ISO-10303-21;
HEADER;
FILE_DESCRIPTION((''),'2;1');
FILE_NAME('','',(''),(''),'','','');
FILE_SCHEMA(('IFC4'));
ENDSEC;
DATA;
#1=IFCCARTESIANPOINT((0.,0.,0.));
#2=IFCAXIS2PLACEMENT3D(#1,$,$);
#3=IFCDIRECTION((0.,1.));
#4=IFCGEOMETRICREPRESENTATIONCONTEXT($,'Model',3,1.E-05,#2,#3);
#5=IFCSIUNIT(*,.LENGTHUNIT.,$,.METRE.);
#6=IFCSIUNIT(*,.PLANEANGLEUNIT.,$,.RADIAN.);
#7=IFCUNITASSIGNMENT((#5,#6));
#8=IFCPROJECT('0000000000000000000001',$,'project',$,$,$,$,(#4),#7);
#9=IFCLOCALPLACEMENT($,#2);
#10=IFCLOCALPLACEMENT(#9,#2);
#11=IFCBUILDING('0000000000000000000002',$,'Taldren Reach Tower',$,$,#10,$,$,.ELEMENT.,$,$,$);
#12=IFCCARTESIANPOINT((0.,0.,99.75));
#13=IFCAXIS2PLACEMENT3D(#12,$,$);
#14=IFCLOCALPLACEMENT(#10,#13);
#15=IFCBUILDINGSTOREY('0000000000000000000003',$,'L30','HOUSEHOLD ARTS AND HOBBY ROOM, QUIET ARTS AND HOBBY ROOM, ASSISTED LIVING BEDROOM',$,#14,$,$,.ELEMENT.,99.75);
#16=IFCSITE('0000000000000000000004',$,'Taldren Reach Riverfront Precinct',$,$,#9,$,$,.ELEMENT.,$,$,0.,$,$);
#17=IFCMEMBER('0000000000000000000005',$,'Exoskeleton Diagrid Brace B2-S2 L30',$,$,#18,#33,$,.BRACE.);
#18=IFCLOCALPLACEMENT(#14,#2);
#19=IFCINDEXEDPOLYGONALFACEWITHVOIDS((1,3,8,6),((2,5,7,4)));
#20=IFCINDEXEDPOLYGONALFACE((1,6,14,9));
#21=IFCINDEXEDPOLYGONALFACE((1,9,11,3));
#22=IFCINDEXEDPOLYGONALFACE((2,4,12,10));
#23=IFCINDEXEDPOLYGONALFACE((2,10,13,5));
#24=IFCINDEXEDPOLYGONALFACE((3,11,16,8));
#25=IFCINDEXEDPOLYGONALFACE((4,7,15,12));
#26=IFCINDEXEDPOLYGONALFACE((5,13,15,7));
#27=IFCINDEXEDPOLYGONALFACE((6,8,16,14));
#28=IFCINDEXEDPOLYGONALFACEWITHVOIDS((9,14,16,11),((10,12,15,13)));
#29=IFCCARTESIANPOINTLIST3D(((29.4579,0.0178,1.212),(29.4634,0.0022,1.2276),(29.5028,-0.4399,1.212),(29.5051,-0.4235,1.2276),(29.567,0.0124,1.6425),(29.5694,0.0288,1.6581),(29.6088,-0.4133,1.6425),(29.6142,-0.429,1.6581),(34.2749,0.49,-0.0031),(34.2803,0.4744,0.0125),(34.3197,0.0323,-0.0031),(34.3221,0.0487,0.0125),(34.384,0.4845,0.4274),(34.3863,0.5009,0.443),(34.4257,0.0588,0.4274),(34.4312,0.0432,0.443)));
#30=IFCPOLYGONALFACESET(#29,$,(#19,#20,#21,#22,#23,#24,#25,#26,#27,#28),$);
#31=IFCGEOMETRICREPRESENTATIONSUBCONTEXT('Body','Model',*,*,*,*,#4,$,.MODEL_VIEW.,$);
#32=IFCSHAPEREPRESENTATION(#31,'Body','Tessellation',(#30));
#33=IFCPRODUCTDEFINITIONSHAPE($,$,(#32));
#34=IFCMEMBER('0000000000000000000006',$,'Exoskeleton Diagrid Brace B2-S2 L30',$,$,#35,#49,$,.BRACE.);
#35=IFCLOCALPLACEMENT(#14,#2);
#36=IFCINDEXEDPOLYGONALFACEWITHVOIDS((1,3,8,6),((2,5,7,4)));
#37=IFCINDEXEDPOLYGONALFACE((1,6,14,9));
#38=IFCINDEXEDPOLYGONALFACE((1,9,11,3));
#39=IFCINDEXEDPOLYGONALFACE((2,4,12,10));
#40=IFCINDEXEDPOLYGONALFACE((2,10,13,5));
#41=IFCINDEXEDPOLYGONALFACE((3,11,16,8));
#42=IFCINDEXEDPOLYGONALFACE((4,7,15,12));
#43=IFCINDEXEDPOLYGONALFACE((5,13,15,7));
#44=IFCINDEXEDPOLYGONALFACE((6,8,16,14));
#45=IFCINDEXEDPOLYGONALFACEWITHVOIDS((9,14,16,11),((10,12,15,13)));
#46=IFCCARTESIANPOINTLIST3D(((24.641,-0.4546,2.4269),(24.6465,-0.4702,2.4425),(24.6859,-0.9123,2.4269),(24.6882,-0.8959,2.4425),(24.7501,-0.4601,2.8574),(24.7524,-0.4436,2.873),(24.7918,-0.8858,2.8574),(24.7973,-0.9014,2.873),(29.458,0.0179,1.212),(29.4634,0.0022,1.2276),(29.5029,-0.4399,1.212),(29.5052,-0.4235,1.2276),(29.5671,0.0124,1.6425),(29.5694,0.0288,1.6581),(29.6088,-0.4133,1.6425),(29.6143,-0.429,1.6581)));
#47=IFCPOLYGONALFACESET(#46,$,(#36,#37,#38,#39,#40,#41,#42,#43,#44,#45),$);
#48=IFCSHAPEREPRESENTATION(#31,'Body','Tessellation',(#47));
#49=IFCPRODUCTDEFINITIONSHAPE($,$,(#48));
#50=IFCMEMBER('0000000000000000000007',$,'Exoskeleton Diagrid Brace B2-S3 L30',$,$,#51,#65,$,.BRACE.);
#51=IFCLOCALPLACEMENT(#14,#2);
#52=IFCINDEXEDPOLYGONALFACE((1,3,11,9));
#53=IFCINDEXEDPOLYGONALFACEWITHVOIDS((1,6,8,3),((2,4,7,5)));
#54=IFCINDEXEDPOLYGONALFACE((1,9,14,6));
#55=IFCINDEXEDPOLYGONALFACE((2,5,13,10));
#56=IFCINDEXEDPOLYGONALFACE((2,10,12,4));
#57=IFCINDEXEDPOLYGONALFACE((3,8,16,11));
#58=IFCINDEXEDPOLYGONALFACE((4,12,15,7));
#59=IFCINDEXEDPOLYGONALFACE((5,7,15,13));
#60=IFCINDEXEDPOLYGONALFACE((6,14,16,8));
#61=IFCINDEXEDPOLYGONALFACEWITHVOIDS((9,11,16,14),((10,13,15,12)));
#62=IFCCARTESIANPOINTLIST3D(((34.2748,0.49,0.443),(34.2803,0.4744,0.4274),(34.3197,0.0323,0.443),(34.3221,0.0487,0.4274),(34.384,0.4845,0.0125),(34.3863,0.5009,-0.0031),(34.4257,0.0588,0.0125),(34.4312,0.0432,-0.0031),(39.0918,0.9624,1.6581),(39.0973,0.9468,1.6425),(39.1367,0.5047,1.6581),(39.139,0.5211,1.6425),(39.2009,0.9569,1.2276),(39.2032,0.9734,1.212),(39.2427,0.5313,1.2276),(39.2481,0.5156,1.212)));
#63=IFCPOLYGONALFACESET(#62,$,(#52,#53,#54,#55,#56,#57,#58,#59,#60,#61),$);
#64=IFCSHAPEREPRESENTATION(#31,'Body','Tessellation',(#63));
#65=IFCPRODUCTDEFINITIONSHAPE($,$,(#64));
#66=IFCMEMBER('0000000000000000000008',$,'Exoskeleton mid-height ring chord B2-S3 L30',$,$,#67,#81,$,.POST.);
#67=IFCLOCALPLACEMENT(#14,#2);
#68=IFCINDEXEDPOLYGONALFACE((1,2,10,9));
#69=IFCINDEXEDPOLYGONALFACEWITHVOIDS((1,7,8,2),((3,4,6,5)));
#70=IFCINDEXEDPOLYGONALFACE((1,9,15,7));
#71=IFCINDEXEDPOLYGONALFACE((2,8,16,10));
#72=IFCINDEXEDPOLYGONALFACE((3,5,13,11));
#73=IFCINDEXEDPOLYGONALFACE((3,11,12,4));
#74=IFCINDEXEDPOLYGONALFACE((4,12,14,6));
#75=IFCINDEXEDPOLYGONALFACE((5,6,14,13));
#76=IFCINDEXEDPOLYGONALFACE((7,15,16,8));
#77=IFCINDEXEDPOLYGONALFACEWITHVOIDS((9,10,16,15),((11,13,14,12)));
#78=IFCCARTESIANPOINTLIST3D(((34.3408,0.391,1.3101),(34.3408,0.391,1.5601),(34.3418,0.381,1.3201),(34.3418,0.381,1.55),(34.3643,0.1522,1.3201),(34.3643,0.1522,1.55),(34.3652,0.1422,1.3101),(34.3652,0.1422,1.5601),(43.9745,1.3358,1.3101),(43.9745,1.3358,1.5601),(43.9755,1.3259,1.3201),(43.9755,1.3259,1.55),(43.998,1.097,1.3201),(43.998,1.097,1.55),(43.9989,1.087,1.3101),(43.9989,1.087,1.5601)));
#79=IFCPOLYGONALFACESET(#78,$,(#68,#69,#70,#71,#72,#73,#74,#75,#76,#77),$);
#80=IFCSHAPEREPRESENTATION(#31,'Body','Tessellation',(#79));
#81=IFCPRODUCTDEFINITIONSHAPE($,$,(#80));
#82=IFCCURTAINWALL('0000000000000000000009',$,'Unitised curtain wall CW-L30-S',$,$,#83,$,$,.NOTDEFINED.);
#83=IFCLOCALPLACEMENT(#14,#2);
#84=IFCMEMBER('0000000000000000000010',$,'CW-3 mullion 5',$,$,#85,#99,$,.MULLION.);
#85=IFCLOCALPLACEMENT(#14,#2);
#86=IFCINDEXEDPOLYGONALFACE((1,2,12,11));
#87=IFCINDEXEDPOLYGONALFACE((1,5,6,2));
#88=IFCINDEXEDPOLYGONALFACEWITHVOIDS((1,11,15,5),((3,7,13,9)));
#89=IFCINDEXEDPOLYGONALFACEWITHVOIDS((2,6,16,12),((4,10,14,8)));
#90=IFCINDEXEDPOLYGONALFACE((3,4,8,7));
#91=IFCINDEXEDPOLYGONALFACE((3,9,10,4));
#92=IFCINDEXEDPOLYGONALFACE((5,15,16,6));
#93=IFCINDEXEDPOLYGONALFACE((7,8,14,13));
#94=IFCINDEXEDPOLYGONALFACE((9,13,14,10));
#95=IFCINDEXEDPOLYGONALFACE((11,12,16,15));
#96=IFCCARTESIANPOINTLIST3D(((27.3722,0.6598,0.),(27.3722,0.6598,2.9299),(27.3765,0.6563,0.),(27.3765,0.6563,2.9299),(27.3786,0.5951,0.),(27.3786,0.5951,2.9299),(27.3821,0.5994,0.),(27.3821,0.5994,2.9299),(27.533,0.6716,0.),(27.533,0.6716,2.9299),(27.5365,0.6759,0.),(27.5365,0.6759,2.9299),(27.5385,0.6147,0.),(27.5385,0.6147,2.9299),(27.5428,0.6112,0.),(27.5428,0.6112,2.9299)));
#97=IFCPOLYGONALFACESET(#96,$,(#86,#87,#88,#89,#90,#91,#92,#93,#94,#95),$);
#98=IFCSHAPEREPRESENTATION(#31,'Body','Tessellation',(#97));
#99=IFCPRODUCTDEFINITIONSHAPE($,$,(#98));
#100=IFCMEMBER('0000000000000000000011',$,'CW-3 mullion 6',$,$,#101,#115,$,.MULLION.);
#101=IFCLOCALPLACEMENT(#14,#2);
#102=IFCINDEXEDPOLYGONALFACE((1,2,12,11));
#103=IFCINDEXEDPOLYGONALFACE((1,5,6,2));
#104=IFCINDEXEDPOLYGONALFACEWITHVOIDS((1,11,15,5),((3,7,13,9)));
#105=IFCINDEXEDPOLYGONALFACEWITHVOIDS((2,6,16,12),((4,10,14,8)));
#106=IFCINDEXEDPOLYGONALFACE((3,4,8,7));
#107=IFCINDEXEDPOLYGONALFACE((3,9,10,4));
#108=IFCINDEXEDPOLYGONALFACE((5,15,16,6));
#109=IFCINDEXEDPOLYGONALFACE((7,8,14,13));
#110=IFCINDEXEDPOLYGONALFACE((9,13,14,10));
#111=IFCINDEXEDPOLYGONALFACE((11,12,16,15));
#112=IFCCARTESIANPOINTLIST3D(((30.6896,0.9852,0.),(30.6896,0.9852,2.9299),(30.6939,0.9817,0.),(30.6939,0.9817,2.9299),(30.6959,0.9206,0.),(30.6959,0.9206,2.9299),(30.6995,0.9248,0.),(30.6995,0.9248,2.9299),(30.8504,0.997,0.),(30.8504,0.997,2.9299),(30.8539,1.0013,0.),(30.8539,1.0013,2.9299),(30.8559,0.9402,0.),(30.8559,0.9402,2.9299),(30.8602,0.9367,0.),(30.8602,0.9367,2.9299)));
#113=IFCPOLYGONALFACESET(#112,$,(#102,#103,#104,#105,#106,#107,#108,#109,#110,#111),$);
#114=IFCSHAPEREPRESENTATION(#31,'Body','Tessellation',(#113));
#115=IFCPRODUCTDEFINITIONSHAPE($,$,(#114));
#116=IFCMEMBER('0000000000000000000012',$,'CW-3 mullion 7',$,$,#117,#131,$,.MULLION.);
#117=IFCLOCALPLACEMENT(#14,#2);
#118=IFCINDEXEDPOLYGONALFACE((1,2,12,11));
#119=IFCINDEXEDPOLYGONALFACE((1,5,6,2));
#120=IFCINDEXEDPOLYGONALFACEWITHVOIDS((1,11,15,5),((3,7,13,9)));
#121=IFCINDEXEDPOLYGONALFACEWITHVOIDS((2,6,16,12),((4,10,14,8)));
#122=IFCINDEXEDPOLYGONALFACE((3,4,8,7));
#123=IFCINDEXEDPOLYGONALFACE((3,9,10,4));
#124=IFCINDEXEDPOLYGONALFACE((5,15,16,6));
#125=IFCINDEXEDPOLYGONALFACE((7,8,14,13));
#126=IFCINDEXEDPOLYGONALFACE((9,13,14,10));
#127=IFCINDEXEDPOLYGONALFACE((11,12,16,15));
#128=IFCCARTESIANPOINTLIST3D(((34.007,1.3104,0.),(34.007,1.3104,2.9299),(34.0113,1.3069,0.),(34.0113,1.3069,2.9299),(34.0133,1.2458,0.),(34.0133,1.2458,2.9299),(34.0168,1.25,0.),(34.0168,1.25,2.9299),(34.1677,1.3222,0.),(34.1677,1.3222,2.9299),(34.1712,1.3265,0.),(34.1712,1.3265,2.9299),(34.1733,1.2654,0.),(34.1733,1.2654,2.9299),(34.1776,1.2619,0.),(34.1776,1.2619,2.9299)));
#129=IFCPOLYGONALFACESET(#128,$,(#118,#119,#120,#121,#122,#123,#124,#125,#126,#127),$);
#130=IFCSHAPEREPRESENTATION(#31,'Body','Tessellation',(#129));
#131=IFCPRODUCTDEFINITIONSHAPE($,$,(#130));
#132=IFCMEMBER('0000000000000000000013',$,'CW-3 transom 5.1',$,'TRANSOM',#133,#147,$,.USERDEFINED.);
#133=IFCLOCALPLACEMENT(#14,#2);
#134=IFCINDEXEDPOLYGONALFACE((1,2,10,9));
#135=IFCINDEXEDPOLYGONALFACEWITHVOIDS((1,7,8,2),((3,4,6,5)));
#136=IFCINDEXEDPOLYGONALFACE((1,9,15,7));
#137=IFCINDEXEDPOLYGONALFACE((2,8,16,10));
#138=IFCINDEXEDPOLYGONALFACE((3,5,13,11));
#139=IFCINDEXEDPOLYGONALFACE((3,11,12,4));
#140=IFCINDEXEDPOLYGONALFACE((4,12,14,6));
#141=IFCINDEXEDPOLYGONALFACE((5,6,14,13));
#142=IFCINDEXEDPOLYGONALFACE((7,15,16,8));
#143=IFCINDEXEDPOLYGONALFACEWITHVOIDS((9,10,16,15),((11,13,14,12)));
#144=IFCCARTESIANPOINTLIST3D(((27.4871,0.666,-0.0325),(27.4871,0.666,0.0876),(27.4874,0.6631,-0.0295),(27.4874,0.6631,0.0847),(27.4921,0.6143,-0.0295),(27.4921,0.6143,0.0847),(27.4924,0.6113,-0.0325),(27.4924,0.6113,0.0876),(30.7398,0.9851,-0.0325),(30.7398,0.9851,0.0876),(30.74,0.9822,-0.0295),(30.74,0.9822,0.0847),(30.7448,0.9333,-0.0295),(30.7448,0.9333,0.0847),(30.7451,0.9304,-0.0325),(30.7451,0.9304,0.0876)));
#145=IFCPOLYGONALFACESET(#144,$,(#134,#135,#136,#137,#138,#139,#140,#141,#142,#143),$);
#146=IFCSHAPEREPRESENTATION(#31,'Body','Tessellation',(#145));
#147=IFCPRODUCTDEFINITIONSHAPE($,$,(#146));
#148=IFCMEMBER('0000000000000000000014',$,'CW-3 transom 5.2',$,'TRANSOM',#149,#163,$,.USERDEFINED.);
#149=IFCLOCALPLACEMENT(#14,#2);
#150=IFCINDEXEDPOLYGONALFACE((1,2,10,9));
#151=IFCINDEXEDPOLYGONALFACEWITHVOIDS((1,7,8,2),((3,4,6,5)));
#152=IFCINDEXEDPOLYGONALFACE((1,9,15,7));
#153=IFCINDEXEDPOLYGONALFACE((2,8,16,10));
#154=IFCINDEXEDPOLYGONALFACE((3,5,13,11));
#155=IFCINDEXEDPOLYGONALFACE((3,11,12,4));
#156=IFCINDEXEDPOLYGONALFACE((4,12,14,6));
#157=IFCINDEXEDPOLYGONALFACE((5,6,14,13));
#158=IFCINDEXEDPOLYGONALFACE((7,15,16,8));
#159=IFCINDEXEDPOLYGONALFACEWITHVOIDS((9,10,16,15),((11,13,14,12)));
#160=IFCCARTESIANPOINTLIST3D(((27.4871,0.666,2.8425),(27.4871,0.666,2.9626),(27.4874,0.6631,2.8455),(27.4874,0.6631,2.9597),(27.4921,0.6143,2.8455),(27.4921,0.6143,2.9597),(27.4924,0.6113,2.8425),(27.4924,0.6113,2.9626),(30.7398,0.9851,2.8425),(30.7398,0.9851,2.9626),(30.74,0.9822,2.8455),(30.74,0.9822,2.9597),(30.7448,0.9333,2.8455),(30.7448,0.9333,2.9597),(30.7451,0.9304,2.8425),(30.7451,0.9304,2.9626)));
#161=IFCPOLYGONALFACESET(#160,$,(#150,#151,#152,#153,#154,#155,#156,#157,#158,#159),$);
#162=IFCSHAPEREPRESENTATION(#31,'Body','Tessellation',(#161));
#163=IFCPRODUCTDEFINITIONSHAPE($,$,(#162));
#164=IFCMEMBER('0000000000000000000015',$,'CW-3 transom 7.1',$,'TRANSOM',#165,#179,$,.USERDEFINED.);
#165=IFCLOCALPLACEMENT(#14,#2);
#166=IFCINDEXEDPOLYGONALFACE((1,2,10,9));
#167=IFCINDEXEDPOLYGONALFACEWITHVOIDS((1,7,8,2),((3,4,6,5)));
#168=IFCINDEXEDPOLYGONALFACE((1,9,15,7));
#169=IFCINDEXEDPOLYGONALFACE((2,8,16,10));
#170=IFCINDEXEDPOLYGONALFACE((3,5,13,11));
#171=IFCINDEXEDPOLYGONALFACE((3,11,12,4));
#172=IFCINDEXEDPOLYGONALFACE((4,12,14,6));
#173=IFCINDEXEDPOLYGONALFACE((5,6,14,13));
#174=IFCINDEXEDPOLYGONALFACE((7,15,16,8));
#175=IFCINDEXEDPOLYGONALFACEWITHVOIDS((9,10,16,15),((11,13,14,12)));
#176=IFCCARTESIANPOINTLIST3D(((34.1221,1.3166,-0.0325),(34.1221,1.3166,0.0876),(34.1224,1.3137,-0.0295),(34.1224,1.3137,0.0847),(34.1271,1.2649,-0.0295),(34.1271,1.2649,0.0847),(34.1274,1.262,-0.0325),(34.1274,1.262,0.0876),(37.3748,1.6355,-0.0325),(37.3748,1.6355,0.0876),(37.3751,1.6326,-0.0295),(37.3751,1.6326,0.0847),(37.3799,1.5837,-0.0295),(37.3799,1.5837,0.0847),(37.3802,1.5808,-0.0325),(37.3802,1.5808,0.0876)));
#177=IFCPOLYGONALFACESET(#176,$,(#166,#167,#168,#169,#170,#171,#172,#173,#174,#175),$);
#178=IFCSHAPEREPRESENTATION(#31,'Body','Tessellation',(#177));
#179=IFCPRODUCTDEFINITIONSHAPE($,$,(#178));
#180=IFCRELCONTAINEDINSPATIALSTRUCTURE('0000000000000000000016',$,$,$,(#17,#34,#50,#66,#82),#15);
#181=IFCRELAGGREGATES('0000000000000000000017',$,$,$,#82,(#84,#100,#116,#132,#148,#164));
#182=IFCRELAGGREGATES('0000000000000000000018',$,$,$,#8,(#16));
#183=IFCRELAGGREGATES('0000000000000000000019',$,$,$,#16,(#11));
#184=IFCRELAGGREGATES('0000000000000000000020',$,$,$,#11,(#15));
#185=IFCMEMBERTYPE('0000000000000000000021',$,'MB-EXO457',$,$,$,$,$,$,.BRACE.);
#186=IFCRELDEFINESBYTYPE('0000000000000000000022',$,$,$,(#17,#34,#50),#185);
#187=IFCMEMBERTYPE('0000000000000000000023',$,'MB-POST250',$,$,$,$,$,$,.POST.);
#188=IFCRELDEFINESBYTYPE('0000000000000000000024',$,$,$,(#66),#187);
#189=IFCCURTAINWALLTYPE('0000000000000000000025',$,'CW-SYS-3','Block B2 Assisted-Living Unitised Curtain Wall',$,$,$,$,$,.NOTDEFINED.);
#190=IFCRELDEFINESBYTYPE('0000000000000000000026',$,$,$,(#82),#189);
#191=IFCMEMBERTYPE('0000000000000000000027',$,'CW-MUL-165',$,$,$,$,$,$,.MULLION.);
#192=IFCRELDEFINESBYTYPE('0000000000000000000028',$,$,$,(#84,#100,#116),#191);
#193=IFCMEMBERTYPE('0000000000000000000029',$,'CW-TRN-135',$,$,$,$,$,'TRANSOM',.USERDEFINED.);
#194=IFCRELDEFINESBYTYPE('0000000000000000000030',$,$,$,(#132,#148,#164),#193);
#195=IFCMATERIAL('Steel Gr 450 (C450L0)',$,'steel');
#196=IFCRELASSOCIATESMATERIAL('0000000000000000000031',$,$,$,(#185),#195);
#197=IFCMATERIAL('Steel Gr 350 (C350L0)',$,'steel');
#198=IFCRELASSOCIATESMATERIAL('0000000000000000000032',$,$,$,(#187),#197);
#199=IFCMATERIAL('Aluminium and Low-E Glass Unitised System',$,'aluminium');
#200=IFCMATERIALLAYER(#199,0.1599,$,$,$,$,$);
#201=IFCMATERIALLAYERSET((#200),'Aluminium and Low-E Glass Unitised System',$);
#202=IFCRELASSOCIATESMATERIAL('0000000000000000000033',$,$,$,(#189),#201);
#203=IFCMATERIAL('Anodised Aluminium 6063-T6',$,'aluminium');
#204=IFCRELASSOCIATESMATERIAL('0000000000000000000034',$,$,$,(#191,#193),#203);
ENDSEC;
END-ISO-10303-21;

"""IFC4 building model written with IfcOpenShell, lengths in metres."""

from ifc_helpers import new_model, si_unit, direction, frame, origin, origin_2d, place, context, subcontext, project, spatial, hollow_rectangle, extrude, source, transform, mapped, material, layer, layer_set, material_profile, profile_set, type_object, element, aggregate, save


model = new_model("IFC4")

# Units and contexts
model_context = context("Model", 3, precision=1e-05, world=origin(), true_north=direction((0.0, 1.0)))
body_context = subcontext(model_context, "Body", "Model", "MODEL_VIEW")
ifc_project = project(units=[si_unit("LENGTHUNIT", "METRE"), si_unit("PLANEANGLEUNIT", "RADIAN")], contexts=[model_context])

# Site, building, storey
site_placement = place(None, origin())
site = spatial("IfcSite", under=ifc_project, at=site_placement, Name="Taldren Reach Riverfront Precinct", CompositionType="ELEMENT", RefElevation=0.0)
building_placement = place(site_placement, origin())
building = spatial("IfcBuilding", under=site, at=building_placement, Name="Taldren Reach Tower", CompositionType="ELEMENT")
storey_placement = place(building_placement, frame((0.0, 0.0, 99.75)))
storey = spatial("IfcBuildingStorey", under=building, at=storey_placement, Name="L30", Description="HOUSEHOLD ARTS AND HOBBY ROOM, QUIET ARTS AND HOBBY ROOM, ASSISTED LIVING BEDROOM", CompositionType="ELEMENT", Elevation=99.75)

# Members
ifc_material_1 = material(Name="Steel Gr 450 (C450L0)", Category="steel")
ifc_material_profile_1 = material_profile(ifc_material_1, hollow_rectangle(XDim=0.46, YDim=0.46, WallThickness=0.0161, at=origin_2d()), Name="460x460x16.0SHS")
ifc_profile_set_1 = profile_set([ifc_material_profile_1], Name="Steel Gr 450 (C450L0)")
member_type_1 = type_object("IfcMemberType", Name="MB-EXO457", PredefinedType="BRACE", material=ifc_profile_set_1)
shared_shape_1 = source(origin(), body_context, "Body", "SweptSolid", [
    extrude(hollow_rectangle(XDim=0.46, YDim=0.46, WallThickness=0.0161, at=origin_2d()), origin(), (0.0, 0.0, 1.0), 4.9902),
])
for number, where, z_axis, x_axis, name in (
    (1, (34.353, 0.2666, 0.22), (-0.965276, -0.09462, 0.243496), (0.097556, -0.99523, 0.0), "Exoskeleton Diagrid Brace B2-S2 L30"),
    (2, (29.5361, -0.2056, 1.4351), (-0.965283, -0.094669, 0.243449), (0.097606, -0.995225, 0.0), "Exoskeleton Diagrid Brace B2-S2 L30"),
    (3, (34.353, 0.2666, 0.22), (0.965271, 0.094668, 0.243495), (-0.097606, 0.995225, 0.0), "Exoskeleton Diagrid Brace B2-S3 L30"),
):
    element("IfcMember", number, at=place(storey_placement, frame(where, z_axis=z_axis, x_axis=x_axis)), inside=storey, type_object=member_type_1, Name=name, PredefinedType="BRACE", context=body_context, shape_type="MappedRepresentation", body=[
        mapped(shared_shape_1, transform((0.0, 0.0, 0.0), scale=1.0)),
    ])
ifc_material_2 = material(Name="Steel Gr 350 (C350L0)", Category="steel")
ifc_material_profile_2 = material_profile(ifc_material_2, hollow_rectangle(XDim=0.25, YDim=0.25, WallThickness=0.01, at=origin_2d()), Name="250x250x10.0SHS")
ifc_profile_set_2 = profile_set([ifc_material_profile_2], Name="Steel Gr 350 (C350L0)")
member_type_2 = type_object("IfcMemberType", Name="MB-POST250", PredefinedType="POST", material=ifc_profile_set_2)
shared_shape_2 = source(origin(), body_context, "Body", "SweptSolid", [
    extrude(hollow_rectangle(XDim=0.25, YDim=0.25, WallThickness=0.01, at=origin_2d()), origin(), (0.0, 0.0, 1.0), 9.6799),
])
member_1_placement = place(storey_placement, frame((34.353, 0.2666, 1.4351), z_axis=(0.995225, 0.097606, 0.0), x_axis=(-0.097606, 0.995225, 0.0)))
element("IfcMember", 4, at=member_1_placement, inside=storey, type_object=member_type_2, Name="Exoskeleton mid-height ring chord B2-S3 L30", PredefinedType="POST", context=body_context, shape_type="MappedRepresentation", body=[
    mapped(shared_shape_2, transform((0.0, 0.0, 0.0), scale=1.0)),
])

# Curtain wall, members
ifc_material_3 = material(Name="Aluminium and Low-E Glass Unitised System", Category="aluminium")
ifc_layer_1 = layer(ifc_material_3, 0.1599)
ifc_layer_set_1 = layer_set([ifc_layer_1], Name="Aluminium and Low-E Glass Unitised System")
curtain_wall_type = type_object("IfcCurtainWallType", Name="CW-SYS-3", Description="Block B2 Assisted-Living Unitised Curtain Wall", PredefinedType="NOTDEFINED", material=ifc_layer_set_1)
curtain_wall_placement = place(storey_placement, origin())
curtain_wall = element("IfcCurtainWall", 5, at=curtain_wall_placement, inside=storey, type_object=curtain_wall_type, Name="Unitised curtain wall CW-L30-S", PredefinedType="NOTDEFINED")
ifc_material_4 = material(Name="Anodised Aluminium 6063-T6", Category="aluminium")
ifc_material_profile_3 = material_profile(ifc_material_4, hollow_rectangle(XDim=0.0649, YDim=0.165, WallThickness=0.0039, at=origin_2d()), Name="ALU-165x65x4RHS")
ifc_profile_set_3 = profile_set([ifc_material_profile_3], Name="Anodised Aluminium 6063-T6")
member_type_3 = type_object("IfcMemberType", Name="CW-MUL-165", PredefinedType="MULLION", material=ifc_profile_set_3)
shared_shape_3 = source(origin(), body_context, "Body", "SweptSolid", [
    extrude(hollow_rectangle(XDim=0.0649, YDim=0.165, WallThickness=0.0039, at=origin_2d()), origin(), (0.0, 0.0, 1.0), 2.9299),
])
member_2_placement = place(storey_placement, frame((27.4575, 0.6355, 0.0), z_axis=(0.0, 0.0, 1.0), x_axis=(-0.097583, 0.995227, 0.0)))
member_2 = element("IfcMember", 6, at=member_2_placement, type_object=member_type_3, Name="CW-3 mullion 5", PredefinedType="MULLION", context=body_context, shape_type="MappedRepresentation", body=[
    mapped(shared_shape_3, transform((0.0, 0.0, 0.0), scale=1.0)),
])
member_3_placement = place(storey_placement, frame((30.7749, 0.9609, 0.0), z_axis=(0.0, 0.0, 1.0), x_axis=(-0.097583, 0.995227, 0.0)))
member_3 = element("IfcMember", 7, at=member_3_placement, type_object=member_type_3, Name="CW-3 mullion 6", PredefinedType="MULLION", context=body_context, shape_type="MappedRepresentation", body=[
    mapped(shared_shape_3, transform((0.0, 0.0, 0.0), scale=1.0)),
])
member_4_placement = place(storey_placement, frame((34.0923, 1.2861, 0.0), z_axis=(0.0, 0.0, 1.0), x_axis=(-0.097583, 0.995227, 0.0)))
member_4 = element("IfcMember", 8, at=member_4_placement, type_object=member_type_3, Name="CW-3 mullion 7", PredefinedType="MULLION", context=body_context, shape_type="MappedRepresentation", body=[
    mapped(shared_shape_3, transform((0.0, 0.0, 0.0), scale=1.0)),
])
ifc_material_profile_4 = material_profile(ifc_material_4, hollow_rectangle(XDim=0.0549, YDim=0.1201, WallThickness=0.0029, at=origin_2d()), Name="ALU-120x55x3RHS")
ifc_profile_set_4 = profile_set([ifc_material_profile_4], Name="Anodised Aluminium 6063-T6")
member_type_4 = type_object("IfcMemberType", Name="CW-TRN-135", ElementType="TRANSOM", PredefinedType="USERDEFINED", material=ifc_profile_set_4)
shared_shape_4 = source(origin(), body_context, "Body", "SweptSolid", [
    extrude(hollow_rectangle(XDim=0.0549, YDim=0.1201, WallThickness=0.0029, at=origin_2d()), origin(), (0.0, 0.0, 1.0), 3.2683),
])
member_5_placement = place(storey_placement, frame((27.4897, 0.6387, 0.0276), z_axis=(0.995223, 0.097632, 0.0), x_axis=(-0.097632, 0.995223, 0.0)))
member_5 = element("IfcMember", 9, at=member_5_placement, type_object=member_type_4, Name="CW-3 transom 5.1", ObjectType="TRANSOM", PredefinedType="USERDEFINED", context=body_context, shape_type="MappedRepresentation", body=[
    mapped(shared_shape_4, transform((0.0, 0.0, 0.0), scale=1.0)),
])
member_6_placement = place(storey_placement, frame((27.4897, 0.6387, 2.9026), z_axis=(0.995223, 0.097632, 0.0), x_axis=(-0.097632, 0.995223, 0.0)))
member_6 = element("IfcMember", 10, at=member_6_placement, type_object=member_type_4, Name="CW-3 transom 5.2", ObjectType="TRANSOM", PredefinedType="USERDEFINED", context=body_context, shape_type="MappedRepresentation", body=[
    mapped(shared_shape_4, transform((0.0, 0.0, 0.0), scale=1.0)),
])
member_7_placement = place(storey_placement, frame((34.1248, 1.2893, 0.0276), z_axis=(0.99523, 0.097558, 0.0), x_axis=(-0.097558, 0.99523, 0.0)))
member_7 = element("IfcMember", 11, at=member_7_placement, type_object=member_type_4, Name="CW-3 transom 7.1", ObjectType="TRANSOM", PredefinedType="USERDEFINED", context=body_context, shape_type="MappedRepresentation", body=[
    mapped(shared_shape_4, transform((0.0, 0.0, 0.0), scale=1.0)),
])

aggregate(curtain_wall, [member_2, member_3, member_4, member_5, member_6, member_7])

save(model, "model.ifc")
